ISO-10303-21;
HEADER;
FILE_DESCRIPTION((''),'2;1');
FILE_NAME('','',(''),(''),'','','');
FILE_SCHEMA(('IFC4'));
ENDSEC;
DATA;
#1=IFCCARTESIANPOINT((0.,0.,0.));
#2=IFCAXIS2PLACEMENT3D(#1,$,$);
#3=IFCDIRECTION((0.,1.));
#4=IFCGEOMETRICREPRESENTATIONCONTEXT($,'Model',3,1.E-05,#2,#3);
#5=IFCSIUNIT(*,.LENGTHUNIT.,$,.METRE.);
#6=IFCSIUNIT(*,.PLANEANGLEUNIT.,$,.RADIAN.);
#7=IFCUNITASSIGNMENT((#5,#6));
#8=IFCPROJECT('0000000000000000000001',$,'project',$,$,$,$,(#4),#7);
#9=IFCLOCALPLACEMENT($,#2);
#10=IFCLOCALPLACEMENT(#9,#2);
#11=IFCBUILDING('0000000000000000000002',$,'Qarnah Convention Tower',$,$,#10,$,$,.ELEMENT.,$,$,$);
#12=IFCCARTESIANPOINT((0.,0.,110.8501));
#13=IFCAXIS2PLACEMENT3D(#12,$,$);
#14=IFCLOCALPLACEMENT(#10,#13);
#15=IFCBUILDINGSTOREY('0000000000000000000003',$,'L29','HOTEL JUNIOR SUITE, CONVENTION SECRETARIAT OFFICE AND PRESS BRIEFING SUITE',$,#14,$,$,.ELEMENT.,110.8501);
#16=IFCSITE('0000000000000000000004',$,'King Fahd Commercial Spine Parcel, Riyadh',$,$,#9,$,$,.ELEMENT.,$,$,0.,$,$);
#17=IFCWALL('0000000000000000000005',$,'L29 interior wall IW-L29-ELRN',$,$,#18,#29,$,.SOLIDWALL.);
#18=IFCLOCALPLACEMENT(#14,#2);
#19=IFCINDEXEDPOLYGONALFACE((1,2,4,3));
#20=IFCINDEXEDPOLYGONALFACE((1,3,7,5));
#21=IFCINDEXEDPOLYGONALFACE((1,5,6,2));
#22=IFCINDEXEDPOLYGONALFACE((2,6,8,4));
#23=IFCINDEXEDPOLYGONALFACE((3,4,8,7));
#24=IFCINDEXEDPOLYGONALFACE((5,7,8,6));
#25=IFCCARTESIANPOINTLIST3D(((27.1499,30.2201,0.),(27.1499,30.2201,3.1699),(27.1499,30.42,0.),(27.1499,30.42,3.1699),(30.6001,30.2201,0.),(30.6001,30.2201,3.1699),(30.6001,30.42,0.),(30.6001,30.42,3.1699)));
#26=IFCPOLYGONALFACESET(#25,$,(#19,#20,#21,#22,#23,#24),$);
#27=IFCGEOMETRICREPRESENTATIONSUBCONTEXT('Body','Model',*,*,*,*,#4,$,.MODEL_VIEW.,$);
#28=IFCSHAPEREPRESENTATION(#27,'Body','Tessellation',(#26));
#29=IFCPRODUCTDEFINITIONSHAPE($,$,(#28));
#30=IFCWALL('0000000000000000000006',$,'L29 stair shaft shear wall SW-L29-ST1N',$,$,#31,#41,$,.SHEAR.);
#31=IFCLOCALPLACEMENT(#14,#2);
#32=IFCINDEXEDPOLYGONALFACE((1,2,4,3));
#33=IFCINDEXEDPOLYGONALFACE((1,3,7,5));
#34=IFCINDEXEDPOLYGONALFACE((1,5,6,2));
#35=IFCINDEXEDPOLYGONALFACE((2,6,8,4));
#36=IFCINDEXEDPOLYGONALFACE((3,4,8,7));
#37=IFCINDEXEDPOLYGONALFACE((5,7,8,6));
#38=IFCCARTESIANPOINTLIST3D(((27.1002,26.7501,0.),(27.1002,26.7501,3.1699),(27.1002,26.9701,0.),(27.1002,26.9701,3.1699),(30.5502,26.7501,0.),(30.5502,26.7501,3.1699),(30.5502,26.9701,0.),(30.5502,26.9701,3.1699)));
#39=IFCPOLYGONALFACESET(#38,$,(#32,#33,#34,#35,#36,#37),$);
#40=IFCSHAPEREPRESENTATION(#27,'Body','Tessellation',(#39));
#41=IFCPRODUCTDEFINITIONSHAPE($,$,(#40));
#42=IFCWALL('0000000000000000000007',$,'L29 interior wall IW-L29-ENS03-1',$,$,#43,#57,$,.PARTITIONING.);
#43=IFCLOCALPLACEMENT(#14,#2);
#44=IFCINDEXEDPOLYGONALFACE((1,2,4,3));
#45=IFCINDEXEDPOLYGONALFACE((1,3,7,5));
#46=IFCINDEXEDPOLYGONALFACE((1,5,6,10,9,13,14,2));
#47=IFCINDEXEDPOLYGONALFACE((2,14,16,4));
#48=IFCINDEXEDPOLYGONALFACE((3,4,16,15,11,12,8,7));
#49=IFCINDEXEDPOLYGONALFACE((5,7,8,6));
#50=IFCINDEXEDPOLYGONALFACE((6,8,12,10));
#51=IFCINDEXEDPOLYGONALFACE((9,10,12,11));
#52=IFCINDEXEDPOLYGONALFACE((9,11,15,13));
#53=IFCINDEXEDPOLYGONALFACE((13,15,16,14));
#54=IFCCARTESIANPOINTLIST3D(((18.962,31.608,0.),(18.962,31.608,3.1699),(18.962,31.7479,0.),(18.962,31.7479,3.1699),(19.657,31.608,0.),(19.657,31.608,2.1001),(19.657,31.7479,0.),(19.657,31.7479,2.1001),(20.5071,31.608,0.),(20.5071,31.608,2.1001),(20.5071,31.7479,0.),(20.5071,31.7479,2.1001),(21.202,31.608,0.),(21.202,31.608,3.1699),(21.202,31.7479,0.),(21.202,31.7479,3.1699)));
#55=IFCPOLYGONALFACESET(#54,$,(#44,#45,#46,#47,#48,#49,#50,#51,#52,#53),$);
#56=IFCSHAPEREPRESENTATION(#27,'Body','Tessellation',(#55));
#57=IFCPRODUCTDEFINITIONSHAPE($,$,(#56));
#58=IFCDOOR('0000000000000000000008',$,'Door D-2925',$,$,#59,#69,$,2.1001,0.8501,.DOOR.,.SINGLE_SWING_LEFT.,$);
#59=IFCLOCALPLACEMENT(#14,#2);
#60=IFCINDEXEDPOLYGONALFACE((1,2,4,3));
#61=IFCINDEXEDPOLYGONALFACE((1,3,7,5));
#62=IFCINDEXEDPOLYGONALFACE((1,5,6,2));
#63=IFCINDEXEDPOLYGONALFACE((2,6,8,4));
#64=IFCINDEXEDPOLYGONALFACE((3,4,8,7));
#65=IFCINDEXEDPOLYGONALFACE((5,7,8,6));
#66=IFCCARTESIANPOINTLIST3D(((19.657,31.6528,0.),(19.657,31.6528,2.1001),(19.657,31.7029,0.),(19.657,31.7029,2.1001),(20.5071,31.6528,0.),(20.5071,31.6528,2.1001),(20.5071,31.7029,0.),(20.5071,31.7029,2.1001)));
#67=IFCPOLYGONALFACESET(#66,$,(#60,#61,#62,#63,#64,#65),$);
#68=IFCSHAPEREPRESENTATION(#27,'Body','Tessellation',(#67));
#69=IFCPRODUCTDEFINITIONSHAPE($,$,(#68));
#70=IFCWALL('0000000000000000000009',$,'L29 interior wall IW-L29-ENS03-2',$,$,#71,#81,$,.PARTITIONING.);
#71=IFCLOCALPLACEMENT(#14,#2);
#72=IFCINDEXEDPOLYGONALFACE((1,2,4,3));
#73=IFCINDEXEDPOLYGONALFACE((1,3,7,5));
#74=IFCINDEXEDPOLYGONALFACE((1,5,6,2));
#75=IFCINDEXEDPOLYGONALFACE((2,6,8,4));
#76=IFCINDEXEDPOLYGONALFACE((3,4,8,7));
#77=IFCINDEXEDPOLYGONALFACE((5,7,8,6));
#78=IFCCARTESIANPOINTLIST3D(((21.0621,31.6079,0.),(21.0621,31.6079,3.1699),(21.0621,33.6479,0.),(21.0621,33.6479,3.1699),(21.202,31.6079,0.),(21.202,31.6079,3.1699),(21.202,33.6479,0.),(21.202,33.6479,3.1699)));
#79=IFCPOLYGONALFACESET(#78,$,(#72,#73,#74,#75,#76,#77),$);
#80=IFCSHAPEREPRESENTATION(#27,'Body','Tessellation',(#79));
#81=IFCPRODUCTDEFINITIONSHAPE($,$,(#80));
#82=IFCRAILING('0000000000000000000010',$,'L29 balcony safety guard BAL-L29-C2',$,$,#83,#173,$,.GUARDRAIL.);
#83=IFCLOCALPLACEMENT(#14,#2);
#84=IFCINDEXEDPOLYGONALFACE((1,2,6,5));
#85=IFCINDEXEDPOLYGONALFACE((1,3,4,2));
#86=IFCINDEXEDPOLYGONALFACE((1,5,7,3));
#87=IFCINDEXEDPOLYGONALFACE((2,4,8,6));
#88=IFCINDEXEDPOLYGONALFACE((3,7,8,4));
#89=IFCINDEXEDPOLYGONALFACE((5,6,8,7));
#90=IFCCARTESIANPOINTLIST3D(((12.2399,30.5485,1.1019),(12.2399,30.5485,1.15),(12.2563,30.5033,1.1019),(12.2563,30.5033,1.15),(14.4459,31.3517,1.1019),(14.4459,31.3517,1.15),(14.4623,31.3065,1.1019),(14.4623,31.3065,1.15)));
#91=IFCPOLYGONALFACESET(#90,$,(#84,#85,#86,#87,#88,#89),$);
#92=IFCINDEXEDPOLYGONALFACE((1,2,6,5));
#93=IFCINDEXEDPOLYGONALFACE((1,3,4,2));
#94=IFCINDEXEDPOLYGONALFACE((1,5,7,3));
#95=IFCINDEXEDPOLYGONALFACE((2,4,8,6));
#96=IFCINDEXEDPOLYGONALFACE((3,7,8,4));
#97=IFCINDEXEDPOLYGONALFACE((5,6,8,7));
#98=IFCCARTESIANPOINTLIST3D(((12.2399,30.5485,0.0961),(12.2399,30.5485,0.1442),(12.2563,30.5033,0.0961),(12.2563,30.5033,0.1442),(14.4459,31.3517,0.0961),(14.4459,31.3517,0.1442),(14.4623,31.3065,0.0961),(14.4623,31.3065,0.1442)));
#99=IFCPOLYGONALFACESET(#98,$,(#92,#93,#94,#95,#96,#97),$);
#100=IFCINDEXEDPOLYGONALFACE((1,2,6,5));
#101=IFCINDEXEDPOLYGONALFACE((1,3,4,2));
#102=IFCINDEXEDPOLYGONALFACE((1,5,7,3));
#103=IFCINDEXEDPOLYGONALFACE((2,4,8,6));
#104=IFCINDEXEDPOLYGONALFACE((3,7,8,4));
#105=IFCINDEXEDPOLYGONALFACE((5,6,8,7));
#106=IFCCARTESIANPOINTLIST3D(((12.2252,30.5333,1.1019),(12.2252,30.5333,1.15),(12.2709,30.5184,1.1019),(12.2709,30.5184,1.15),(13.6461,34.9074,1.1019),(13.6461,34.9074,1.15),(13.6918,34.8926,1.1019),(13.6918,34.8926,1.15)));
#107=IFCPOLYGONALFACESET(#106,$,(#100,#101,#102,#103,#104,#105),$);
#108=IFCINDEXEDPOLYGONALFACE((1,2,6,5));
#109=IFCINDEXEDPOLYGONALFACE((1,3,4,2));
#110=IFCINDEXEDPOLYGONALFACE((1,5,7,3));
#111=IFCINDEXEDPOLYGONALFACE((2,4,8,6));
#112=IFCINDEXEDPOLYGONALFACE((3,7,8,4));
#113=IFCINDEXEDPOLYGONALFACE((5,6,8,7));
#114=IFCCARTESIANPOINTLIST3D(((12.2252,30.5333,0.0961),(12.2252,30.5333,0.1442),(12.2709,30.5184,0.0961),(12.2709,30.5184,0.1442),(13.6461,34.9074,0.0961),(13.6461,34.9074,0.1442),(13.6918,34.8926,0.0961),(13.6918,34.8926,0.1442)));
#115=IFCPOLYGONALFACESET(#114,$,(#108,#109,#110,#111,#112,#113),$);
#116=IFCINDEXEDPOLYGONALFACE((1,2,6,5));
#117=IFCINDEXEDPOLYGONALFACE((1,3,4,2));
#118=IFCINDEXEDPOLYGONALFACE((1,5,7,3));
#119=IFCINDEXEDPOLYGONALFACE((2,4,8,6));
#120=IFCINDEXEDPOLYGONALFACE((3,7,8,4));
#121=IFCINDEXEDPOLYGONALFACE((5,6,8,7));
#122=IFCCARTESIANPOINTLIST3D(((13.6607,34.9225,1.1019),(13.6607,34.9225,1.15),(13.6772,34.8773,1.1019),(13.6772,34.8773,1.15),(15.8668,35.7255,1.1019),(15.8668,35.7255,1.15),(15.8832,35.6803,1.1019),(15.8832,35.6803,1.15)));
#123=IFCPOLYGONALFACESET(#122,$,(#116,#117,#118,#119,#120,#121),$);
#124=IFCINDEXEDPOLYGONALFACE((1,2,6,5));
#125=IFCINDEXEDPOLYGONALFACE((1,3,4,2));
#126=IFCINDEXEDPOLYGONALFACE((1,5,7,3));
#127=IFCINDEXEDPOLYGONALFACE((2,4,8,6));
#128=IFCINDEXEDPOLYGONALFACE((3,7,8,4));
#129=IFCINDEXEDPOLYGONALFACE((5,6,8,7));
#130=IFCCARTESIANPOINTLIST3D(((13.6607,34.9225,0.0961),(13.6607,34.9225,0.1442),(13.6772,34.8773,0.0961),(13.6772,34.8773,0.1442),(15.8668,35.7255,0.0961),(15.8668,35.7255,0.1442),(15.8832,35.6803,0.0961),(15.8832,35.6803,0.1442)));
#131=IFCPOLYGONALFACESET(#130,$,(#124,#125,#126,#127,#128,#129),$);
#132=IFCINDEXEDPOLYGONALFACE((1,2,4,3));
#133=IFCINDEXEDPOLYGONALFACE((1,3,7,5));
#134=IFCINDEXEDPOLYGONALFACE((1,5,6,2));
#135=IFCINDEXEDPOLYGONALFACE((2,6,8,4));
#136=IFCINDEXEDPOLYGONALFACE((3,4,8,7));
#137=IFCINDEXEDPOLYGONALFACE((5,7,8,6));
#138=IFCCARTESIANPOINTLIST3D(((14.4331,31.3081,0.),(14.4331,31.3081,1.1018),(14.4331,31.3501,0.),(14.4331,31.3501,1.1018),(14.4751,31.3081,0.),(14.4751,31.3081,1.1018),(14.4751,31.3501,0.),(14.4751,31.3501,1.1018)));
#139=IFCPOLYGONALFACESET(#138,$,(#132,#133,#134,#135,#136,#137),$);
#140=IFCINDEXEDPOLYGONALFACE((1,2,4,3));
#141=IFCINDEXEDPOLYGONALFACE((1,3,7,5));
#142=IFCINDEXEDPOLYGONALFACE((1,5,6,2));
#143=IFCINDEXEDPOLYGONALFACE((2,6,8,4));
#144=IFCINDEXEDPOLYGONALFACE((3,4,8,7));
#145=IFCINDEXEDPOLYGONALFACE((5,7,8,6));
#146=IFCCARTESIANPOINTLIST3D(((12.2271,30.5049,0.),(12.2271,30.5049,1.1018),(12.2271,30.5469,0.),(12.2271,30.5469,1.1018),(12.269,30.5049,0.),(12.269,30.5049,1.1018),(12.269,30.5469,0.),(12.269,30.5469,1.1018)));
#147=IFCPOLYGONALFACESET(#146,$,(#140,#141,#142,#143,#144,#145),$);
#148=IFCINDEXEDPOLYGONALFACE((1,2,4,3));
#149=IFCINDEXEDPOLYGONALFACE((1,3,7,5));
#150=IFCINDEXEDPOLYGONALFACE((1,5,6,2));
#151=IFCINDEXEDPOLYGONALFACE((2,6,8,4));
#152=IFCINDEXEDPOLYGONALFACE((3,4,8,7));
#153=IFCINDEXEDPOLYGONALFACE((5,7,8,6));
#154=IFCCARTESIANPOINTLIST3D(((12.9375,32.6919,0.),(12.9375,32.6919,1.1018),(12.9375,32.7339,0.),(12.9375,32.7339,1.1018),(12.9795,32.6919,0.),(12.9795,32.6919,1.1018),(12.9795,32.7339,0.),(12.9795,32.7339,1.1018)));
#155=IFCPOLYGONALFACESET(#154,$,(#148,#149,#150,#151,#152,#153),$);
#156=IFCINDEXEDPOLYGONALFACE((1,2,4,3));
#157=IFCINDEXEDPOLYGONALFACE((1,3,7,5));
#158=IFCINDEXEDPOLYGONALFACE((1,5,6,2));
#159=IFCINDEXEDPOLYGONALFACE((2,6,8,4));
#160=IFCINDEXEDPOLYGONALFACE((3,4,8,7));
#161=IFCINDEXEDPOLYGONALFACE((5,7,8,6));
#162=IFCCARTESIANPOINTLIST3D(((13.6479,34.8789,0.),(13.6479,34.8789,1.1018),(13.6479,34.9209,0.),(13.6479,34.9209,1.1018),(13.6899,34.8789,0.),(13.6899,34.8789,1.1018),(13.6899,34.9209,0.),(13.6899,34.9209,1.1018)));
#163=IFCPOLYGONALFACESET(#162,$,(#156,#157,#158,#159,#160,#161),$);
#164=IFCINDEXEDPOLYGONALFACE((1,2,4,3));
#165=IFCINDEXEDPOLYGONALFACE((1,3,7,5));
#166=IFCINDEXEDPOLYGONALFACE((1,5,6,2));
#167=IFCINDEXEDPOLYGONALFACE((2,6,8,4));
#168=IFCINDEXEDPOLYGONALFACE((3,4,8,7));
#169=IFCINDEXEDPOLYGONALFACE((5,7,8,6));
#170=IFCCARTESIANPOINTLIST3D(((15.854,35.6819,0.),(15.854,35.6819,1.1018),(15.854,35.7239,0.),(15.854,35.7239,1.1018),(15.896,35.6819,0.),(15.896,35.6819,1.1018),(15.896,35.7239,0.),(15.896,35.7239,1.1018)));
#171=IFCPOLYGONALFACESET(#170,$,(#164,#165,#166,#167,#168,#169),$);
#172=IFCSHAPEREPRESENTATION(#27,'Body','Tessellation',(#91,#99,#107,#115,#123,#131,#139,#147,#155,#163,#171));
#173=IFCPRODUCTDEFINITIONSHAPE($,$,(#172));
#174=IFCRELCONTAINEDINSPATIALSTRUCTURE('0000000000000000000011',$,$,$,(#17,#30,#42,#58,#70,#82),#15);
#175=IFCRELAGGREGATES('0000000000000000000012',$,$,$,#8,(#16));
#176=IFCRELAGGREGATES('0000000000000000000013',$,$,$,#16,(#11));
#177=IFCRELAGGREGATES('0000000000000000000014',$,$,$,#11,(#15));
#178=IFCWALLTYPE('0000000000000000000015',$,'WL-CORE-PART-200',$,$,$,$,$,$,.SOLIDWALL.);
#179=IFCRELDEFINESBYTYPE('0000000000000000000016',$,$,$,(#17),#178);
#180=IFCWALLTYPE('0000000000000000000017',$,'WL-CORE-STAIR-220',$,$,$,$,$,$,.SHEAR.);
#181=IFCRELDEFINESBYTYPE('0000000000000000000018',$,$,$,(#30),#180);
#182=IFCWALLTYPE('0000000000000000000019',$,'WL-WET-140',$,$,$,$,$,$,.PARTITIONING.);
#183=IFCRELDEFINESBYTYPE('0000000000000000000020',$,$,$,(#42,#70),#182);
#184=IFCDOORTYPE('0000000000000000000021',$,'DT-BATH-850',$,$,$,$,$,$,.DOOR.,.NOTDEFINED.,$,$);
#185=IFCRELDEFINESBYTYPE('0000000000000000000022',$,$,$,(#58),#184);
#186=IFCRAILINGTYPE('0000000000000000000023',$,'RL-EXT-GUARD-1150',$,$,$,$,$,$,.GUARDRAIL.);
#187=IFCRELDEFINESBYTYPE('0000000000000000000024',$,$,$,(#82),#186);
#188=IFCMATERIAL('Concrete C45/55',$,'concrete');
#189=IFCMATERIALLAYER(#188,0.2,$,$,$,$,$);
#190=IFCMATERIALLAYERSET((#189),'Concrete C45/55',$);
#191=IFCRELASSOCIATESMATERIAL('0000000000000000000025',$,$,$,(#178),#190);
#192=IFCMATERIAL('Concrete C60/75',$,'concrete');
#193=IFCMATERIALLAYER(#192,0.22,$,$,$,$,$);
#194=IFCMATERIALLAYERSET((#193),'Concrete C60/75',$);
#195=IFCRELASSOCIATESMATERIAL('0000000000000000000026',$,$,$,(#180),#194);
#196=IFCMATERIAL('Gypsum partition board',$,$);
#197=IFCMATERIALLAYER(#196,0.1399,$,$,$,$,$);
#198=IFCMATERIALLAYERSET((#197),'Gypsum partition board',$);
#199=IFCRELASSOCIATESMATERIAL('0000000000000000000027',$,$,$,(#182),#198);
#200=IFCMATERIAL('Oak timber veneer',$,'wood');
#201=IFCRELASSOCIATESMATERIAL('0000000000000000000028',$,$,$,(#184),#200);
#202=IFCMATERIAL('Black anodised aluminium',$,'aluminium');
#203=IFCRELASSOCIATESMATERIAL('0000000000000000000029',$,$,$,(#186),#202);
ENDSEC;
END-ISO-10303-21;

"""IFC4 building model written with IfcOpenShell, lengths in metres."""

from ifc_helpers import new_model, si_unit, direction, frame, frame_2d, origin, origin_2d, place, context, subcontext, project, spatial, rectangle, extrude, material, layer, layer_set, type_object, element, fill, save


model = new_model("IFC4")

# Units and contexts
model_context = context("Model", 3, precision=1e-05, world=origin(), true_north=direction((0.0, 1.0)))
body_context = subcontext(model_context, "Body", "Model", "MODEL_VIEW")
ifc_project = project(units=[si_unit("LENGTHUNIT", "METRE"), si_unit("PLANEANGLEUNIT", "RADIAN")], contexts=[model_context])

# Site, building, storey
site_placement = place(None, origin())
site = spatial("IfcSite", under=ifc_project, at=site_placement, Name="King Fahd Commercial Spine Parcel, Riyadh", CompositionType="ELEMENT", RefElevation=0.0)
building_placement = place(site_placement, origin())
building = spatial("IfcBuilding", under=site, at=building_placement, Name="Qarnah Convention Tower", CompositionType="ELEMENT")
storey_placement = place(building_placement, frame((0.0, 0.0, 110.8501)))
storey = spatial("IfcBuildingStorey", under=building, at=storey_placement, Name="L29", Description="HOTEL JUNIOR SUITE, CONVENTION SECRETARIAT OFFICE AND PRESS BRIEFING SUITE", CompositionType="ELEMENT", Elevation=110.8501)

# Shared definitions
ifc_material_1 = material(Name="Concrete C60/75", Category="concrete")

# Shared definitions
ifc_material_2 = material(Name="Black anodised aluminium", Category="aluminium")

# Walls
ifc_material_3 = material(Name="Concrete C45/55", Category="concrete")
ifc_layer_1 = layer(ifc_material_3, 0.2)
ifc_layer_set_1 = layer_set([ifc_layer_1], Name="Concrete C45/55")
wall_type_1 = type_object("IfcWallType", Name="WL-CORE-PART-200", PredefinedType="SOLIDWALL", material=ifc_layer_set_1)
wall_1_placement = place(storey_placement, frame((27.1499, 30.3201, 0.0), z_axis=(0.0, 0.0, 1.0), x_axis=(1.0, 0.0, 0.0)))
element("IfcWall", 1, at=wall_1_placement, inside=storey, type_object=wall_type_1, Name="L29 interior wall IW-L29-ELRN", PredefinedType="SOLIDWALL", context=body_context, shape_type="SweptSolid", body=[
    extrude(rectangle(XDim=3.4502, YDim=0.2, at=frame_2d((1.7251, 0.0))), origin(), (0.0, 0.0, 1.0), 3.1699),
])
ifc_layer_2 = layer(ifc_material_1, 0.22)
ifc_layer_set_2 = layer_set([ifc_layer_2], Name="Concrete C60/75")
wall_type_2 = type_object("IfcWallType", Name="WL-CORE-STAIR-220", PredefinedType="SHEAR", material=ifc_layer_set_2)
wall_2_placement = place(storey_placement, frame((27.1001, 26.8601, 0.0), z_axis=(0.0, 0.0, 1.0), x_axis=(1.0, 0.0, 0.0)))
element("IfcWall", 2, at=wall_2_placement, inside=storey, type_object=wall_type_2, Name="L29 stair shaft shear wall SW-L29-ST1N", PredefinedType="SHEAR", context=body_context, shape_type="SweptSolid", body=[
    extrude(rectangle(XDim=3.45, YDim=0.22, at=frame_2d((1.7251, 0.0))), origin(), (0.0, 0.0, 1.0), 3.1699),
])

# Wall, opening, door
ifc_material_4 = material(Name="Gypsum partition board")
ifc_layer_3 = layer(ifc_material_4, 0.1399)
ifc_layer_set_3 = layer_set([ifc_layer_3], Name="Gypsum partition board")
wall_type_3 = type_object("IfcWallType", Name="WL-WET-140", PredefinedType="PARTITIONING", material=ifc_layer_set_3)
wall_3_placement = place(storey_placement, frame((18.9619, 31.678, 0.0), z_axis=(0.0, 0.0, 1.0), x_axis=(1.0, 0.0, 0.0)))
wall_3 = element("IfcWall", 3, at=wall_3_placement, inside=storey, type_object=wall_type_3, Name="L29 interior wall IW-L29-ENS03-1", PredefinedType="PARTITIONING", context=body_context, shape_type="SweptSolid", body=[
    extrude(rectangle(XDim=2.24, YDim=0.1399, at=frame_2d((1.1201, 0.0))), origin(), (0.0, 0.0, 1.0), 3.1699),
])
opening_1_placement = place(wall_3_placement, frame((0.6951, 0.0, 0.0)))
opening_1 = element("IfcOpeningElement", 4, at=opening_1_placement, cuts=wall_3, PredefinedType="OPENING", context=body_context, shape_type="SweptSolid", body=[
    extrude(rectangle(XDim=0.8501, YDim=2.1001, at=frame_2d((0.425, 1.05))), frame((0.0, 0.0798, 0.0), z_axis=(0.0, -1.0, 0.0), x_axis=(1.0, 0.0, 0.0)), (0.0, 0.0, 1.0), 0.1599),
])
ifc_material_5 = material(Name="Oak timber veneer", Category="wood")
door_type_1 = type_object("IfcDoorType", Name="DT-BATH-850", OperationType="NOTDEFINED", PredefinedType="DOOR", material=ifc_material_5)
door_1_placement = place(opening_1_placement, origin())
door_1 = element("IfcDoor", 5, at=door_1_placement, inside=storey, type_object=door_type_1, Name="Door D-2925", OperationType="SINGLE_SWING_LEFT", OverallHeight=2.1001, OverallWidth=0.8501, PredefinedType="DOOR", context=body_context, shape_type="SweptSolid", body=[
    extrude(rectangle(XDim=0.8501, YDim=2.1001, at=frame_2d((0.425, 1.05))), frame((0.0, 0.0249, 0.0), z_axis=(0.0, -1.0, 0.0), x_axis=(1.0, 0.0, 0.0)), (0.0, 0.0, 1.0), 0.05),
])
fill(opening_1, door_1)

# Wall
wall_4_placement = place(storey_placement, frame((21.1321, 31.6079, 0.0), z_axis=(0.0, 0.0, 1.0), x_axis=(0.0, 1.0, 0.0)))
element("IfcWall", 6, at=wall_4_placement, inside=storey, type_object=wall_type_3, Name="L29 interior wall IW-L29-ENS03-2", PredefinedType="PARTITIONING", context=body_context, shape_type="SweptSolid", body=[
    extrude(rectangle(XDim=2.04, YDim=0.1399, at=frame_2d((1.02, 0.0))), origin(), (0.0, 0.0, 1.0), 3.1699),
])

# Railing
railing_type = type_object("IfcRailingType", Name="RL-EXT-GUARD-1150", PredefinedType="GUARDRAIL", material=ifc_material_2)
railing_placement = place(storey_placement, frame((14.4541, 31.3291, 0.0)))
element("IfcRailing", 7, at=railing_placement, inside=storey, type_object=railing_type, Name="L29 balcony safety guard BAL-L29-C2", PredefinedType="GUARDRAIL", context=body_context, shape_type="SweptSolid", body=[
    extrude(rectangle(XDim=0.0481, YDim=0.0481, at=origin_2d()), frame((0.0, 0.0, 1.126), z_axis=(-0.939654, -0.342127, 0.0), x_axis=(0.342127, -0.939654, 0.0)), (0.0, 0.0, 1.0), 2.3477),
    extrude(rectangle(XDim=0.0481, YDim=0.0481, at=origin_2d()), frame((0.0, 0.0, 0.1201), z_axis=(-0.939654, -0.342127, 0.0), x_axis=(0.342127, -0.939654, 0.0)), (0.0, 0.0, 1.0), 2.3477),
    extrude(rectangle(XDim=0.0481, YDim=0.0481, at=origin_2d()), frame((-2.2061, -0.8032, 1.126), z_axis=(0.308956, 0.951076, 0.0), x_axis=(-0.951076, 0.308956, 0.0)), (0.0, 0.0, 1.0), 4.5991),
    extrude(rectangle(XDim=0.0481, YDim=0.0481, at=origin_2d()), frame((-2.2061, -0.8032, 0.1201), z_axis=(0.308956, 0.951076, 0.0), x_axis=(-0.951076, 0.308956, 0.0)), (0.0, 0.0, 1.0), 4.5991),
    extrude(rectangle(XDim=0.0481, YDim=0.0481, at=origin_2d()), frame((-0.7852, 3.5708, 1.126), z_axis=(0.939687, 0.342035, 0.0), x_axis=(-0.342035, 0.939687, 0.0)), (0.0, 0.0, 1.0), 2.3477),
    extrude(rectangle(XDim=0.0481, YDim=0.0481, at=origin_2d()), frame((-0.7852, 3.5708, 0.1201), z_axis=(0.939687, 0.342035, 0.0), x_axis=(-0.342035, 0.939687, 0.0)), (0.0, 0.0, 1.0), 2.3477),
    extrude(rectangle(XDim=0.042, YDim=0.042, at=origin_2d()), origin(), (0.0, 0.0, 1.0), 1.1018),
    extrude(rectangle(XDim=0.042, YDim=0.042, at=origin_2d()), frame((-2.2061, -0.8032, 0.0)), (0.0, 0.0, 1.0), 1.1018),
    extrude(rectangle(XDim=0.042, YDim=0.042, at=origin_2d()), frame((-1.4956, 1.3838, 0.0)), (0.0, 0.0, 1.0), 1.1018),
    extrude(rectangle(XDim=0.042, YDim=0.042, at=origin_2d()), frame((-0.7852, 3.5708, 0.0)), (0.0, 0.0, 1.0), 1.1018),
    extrude(rectangle(XDim=0.042, YDim=0.042, at=origin_2d()), frame((1.4209, 4.3738, 0.0)), (0.0, 0.0, 1.0), 1.1018),
])

save(model, "model.ifc")
